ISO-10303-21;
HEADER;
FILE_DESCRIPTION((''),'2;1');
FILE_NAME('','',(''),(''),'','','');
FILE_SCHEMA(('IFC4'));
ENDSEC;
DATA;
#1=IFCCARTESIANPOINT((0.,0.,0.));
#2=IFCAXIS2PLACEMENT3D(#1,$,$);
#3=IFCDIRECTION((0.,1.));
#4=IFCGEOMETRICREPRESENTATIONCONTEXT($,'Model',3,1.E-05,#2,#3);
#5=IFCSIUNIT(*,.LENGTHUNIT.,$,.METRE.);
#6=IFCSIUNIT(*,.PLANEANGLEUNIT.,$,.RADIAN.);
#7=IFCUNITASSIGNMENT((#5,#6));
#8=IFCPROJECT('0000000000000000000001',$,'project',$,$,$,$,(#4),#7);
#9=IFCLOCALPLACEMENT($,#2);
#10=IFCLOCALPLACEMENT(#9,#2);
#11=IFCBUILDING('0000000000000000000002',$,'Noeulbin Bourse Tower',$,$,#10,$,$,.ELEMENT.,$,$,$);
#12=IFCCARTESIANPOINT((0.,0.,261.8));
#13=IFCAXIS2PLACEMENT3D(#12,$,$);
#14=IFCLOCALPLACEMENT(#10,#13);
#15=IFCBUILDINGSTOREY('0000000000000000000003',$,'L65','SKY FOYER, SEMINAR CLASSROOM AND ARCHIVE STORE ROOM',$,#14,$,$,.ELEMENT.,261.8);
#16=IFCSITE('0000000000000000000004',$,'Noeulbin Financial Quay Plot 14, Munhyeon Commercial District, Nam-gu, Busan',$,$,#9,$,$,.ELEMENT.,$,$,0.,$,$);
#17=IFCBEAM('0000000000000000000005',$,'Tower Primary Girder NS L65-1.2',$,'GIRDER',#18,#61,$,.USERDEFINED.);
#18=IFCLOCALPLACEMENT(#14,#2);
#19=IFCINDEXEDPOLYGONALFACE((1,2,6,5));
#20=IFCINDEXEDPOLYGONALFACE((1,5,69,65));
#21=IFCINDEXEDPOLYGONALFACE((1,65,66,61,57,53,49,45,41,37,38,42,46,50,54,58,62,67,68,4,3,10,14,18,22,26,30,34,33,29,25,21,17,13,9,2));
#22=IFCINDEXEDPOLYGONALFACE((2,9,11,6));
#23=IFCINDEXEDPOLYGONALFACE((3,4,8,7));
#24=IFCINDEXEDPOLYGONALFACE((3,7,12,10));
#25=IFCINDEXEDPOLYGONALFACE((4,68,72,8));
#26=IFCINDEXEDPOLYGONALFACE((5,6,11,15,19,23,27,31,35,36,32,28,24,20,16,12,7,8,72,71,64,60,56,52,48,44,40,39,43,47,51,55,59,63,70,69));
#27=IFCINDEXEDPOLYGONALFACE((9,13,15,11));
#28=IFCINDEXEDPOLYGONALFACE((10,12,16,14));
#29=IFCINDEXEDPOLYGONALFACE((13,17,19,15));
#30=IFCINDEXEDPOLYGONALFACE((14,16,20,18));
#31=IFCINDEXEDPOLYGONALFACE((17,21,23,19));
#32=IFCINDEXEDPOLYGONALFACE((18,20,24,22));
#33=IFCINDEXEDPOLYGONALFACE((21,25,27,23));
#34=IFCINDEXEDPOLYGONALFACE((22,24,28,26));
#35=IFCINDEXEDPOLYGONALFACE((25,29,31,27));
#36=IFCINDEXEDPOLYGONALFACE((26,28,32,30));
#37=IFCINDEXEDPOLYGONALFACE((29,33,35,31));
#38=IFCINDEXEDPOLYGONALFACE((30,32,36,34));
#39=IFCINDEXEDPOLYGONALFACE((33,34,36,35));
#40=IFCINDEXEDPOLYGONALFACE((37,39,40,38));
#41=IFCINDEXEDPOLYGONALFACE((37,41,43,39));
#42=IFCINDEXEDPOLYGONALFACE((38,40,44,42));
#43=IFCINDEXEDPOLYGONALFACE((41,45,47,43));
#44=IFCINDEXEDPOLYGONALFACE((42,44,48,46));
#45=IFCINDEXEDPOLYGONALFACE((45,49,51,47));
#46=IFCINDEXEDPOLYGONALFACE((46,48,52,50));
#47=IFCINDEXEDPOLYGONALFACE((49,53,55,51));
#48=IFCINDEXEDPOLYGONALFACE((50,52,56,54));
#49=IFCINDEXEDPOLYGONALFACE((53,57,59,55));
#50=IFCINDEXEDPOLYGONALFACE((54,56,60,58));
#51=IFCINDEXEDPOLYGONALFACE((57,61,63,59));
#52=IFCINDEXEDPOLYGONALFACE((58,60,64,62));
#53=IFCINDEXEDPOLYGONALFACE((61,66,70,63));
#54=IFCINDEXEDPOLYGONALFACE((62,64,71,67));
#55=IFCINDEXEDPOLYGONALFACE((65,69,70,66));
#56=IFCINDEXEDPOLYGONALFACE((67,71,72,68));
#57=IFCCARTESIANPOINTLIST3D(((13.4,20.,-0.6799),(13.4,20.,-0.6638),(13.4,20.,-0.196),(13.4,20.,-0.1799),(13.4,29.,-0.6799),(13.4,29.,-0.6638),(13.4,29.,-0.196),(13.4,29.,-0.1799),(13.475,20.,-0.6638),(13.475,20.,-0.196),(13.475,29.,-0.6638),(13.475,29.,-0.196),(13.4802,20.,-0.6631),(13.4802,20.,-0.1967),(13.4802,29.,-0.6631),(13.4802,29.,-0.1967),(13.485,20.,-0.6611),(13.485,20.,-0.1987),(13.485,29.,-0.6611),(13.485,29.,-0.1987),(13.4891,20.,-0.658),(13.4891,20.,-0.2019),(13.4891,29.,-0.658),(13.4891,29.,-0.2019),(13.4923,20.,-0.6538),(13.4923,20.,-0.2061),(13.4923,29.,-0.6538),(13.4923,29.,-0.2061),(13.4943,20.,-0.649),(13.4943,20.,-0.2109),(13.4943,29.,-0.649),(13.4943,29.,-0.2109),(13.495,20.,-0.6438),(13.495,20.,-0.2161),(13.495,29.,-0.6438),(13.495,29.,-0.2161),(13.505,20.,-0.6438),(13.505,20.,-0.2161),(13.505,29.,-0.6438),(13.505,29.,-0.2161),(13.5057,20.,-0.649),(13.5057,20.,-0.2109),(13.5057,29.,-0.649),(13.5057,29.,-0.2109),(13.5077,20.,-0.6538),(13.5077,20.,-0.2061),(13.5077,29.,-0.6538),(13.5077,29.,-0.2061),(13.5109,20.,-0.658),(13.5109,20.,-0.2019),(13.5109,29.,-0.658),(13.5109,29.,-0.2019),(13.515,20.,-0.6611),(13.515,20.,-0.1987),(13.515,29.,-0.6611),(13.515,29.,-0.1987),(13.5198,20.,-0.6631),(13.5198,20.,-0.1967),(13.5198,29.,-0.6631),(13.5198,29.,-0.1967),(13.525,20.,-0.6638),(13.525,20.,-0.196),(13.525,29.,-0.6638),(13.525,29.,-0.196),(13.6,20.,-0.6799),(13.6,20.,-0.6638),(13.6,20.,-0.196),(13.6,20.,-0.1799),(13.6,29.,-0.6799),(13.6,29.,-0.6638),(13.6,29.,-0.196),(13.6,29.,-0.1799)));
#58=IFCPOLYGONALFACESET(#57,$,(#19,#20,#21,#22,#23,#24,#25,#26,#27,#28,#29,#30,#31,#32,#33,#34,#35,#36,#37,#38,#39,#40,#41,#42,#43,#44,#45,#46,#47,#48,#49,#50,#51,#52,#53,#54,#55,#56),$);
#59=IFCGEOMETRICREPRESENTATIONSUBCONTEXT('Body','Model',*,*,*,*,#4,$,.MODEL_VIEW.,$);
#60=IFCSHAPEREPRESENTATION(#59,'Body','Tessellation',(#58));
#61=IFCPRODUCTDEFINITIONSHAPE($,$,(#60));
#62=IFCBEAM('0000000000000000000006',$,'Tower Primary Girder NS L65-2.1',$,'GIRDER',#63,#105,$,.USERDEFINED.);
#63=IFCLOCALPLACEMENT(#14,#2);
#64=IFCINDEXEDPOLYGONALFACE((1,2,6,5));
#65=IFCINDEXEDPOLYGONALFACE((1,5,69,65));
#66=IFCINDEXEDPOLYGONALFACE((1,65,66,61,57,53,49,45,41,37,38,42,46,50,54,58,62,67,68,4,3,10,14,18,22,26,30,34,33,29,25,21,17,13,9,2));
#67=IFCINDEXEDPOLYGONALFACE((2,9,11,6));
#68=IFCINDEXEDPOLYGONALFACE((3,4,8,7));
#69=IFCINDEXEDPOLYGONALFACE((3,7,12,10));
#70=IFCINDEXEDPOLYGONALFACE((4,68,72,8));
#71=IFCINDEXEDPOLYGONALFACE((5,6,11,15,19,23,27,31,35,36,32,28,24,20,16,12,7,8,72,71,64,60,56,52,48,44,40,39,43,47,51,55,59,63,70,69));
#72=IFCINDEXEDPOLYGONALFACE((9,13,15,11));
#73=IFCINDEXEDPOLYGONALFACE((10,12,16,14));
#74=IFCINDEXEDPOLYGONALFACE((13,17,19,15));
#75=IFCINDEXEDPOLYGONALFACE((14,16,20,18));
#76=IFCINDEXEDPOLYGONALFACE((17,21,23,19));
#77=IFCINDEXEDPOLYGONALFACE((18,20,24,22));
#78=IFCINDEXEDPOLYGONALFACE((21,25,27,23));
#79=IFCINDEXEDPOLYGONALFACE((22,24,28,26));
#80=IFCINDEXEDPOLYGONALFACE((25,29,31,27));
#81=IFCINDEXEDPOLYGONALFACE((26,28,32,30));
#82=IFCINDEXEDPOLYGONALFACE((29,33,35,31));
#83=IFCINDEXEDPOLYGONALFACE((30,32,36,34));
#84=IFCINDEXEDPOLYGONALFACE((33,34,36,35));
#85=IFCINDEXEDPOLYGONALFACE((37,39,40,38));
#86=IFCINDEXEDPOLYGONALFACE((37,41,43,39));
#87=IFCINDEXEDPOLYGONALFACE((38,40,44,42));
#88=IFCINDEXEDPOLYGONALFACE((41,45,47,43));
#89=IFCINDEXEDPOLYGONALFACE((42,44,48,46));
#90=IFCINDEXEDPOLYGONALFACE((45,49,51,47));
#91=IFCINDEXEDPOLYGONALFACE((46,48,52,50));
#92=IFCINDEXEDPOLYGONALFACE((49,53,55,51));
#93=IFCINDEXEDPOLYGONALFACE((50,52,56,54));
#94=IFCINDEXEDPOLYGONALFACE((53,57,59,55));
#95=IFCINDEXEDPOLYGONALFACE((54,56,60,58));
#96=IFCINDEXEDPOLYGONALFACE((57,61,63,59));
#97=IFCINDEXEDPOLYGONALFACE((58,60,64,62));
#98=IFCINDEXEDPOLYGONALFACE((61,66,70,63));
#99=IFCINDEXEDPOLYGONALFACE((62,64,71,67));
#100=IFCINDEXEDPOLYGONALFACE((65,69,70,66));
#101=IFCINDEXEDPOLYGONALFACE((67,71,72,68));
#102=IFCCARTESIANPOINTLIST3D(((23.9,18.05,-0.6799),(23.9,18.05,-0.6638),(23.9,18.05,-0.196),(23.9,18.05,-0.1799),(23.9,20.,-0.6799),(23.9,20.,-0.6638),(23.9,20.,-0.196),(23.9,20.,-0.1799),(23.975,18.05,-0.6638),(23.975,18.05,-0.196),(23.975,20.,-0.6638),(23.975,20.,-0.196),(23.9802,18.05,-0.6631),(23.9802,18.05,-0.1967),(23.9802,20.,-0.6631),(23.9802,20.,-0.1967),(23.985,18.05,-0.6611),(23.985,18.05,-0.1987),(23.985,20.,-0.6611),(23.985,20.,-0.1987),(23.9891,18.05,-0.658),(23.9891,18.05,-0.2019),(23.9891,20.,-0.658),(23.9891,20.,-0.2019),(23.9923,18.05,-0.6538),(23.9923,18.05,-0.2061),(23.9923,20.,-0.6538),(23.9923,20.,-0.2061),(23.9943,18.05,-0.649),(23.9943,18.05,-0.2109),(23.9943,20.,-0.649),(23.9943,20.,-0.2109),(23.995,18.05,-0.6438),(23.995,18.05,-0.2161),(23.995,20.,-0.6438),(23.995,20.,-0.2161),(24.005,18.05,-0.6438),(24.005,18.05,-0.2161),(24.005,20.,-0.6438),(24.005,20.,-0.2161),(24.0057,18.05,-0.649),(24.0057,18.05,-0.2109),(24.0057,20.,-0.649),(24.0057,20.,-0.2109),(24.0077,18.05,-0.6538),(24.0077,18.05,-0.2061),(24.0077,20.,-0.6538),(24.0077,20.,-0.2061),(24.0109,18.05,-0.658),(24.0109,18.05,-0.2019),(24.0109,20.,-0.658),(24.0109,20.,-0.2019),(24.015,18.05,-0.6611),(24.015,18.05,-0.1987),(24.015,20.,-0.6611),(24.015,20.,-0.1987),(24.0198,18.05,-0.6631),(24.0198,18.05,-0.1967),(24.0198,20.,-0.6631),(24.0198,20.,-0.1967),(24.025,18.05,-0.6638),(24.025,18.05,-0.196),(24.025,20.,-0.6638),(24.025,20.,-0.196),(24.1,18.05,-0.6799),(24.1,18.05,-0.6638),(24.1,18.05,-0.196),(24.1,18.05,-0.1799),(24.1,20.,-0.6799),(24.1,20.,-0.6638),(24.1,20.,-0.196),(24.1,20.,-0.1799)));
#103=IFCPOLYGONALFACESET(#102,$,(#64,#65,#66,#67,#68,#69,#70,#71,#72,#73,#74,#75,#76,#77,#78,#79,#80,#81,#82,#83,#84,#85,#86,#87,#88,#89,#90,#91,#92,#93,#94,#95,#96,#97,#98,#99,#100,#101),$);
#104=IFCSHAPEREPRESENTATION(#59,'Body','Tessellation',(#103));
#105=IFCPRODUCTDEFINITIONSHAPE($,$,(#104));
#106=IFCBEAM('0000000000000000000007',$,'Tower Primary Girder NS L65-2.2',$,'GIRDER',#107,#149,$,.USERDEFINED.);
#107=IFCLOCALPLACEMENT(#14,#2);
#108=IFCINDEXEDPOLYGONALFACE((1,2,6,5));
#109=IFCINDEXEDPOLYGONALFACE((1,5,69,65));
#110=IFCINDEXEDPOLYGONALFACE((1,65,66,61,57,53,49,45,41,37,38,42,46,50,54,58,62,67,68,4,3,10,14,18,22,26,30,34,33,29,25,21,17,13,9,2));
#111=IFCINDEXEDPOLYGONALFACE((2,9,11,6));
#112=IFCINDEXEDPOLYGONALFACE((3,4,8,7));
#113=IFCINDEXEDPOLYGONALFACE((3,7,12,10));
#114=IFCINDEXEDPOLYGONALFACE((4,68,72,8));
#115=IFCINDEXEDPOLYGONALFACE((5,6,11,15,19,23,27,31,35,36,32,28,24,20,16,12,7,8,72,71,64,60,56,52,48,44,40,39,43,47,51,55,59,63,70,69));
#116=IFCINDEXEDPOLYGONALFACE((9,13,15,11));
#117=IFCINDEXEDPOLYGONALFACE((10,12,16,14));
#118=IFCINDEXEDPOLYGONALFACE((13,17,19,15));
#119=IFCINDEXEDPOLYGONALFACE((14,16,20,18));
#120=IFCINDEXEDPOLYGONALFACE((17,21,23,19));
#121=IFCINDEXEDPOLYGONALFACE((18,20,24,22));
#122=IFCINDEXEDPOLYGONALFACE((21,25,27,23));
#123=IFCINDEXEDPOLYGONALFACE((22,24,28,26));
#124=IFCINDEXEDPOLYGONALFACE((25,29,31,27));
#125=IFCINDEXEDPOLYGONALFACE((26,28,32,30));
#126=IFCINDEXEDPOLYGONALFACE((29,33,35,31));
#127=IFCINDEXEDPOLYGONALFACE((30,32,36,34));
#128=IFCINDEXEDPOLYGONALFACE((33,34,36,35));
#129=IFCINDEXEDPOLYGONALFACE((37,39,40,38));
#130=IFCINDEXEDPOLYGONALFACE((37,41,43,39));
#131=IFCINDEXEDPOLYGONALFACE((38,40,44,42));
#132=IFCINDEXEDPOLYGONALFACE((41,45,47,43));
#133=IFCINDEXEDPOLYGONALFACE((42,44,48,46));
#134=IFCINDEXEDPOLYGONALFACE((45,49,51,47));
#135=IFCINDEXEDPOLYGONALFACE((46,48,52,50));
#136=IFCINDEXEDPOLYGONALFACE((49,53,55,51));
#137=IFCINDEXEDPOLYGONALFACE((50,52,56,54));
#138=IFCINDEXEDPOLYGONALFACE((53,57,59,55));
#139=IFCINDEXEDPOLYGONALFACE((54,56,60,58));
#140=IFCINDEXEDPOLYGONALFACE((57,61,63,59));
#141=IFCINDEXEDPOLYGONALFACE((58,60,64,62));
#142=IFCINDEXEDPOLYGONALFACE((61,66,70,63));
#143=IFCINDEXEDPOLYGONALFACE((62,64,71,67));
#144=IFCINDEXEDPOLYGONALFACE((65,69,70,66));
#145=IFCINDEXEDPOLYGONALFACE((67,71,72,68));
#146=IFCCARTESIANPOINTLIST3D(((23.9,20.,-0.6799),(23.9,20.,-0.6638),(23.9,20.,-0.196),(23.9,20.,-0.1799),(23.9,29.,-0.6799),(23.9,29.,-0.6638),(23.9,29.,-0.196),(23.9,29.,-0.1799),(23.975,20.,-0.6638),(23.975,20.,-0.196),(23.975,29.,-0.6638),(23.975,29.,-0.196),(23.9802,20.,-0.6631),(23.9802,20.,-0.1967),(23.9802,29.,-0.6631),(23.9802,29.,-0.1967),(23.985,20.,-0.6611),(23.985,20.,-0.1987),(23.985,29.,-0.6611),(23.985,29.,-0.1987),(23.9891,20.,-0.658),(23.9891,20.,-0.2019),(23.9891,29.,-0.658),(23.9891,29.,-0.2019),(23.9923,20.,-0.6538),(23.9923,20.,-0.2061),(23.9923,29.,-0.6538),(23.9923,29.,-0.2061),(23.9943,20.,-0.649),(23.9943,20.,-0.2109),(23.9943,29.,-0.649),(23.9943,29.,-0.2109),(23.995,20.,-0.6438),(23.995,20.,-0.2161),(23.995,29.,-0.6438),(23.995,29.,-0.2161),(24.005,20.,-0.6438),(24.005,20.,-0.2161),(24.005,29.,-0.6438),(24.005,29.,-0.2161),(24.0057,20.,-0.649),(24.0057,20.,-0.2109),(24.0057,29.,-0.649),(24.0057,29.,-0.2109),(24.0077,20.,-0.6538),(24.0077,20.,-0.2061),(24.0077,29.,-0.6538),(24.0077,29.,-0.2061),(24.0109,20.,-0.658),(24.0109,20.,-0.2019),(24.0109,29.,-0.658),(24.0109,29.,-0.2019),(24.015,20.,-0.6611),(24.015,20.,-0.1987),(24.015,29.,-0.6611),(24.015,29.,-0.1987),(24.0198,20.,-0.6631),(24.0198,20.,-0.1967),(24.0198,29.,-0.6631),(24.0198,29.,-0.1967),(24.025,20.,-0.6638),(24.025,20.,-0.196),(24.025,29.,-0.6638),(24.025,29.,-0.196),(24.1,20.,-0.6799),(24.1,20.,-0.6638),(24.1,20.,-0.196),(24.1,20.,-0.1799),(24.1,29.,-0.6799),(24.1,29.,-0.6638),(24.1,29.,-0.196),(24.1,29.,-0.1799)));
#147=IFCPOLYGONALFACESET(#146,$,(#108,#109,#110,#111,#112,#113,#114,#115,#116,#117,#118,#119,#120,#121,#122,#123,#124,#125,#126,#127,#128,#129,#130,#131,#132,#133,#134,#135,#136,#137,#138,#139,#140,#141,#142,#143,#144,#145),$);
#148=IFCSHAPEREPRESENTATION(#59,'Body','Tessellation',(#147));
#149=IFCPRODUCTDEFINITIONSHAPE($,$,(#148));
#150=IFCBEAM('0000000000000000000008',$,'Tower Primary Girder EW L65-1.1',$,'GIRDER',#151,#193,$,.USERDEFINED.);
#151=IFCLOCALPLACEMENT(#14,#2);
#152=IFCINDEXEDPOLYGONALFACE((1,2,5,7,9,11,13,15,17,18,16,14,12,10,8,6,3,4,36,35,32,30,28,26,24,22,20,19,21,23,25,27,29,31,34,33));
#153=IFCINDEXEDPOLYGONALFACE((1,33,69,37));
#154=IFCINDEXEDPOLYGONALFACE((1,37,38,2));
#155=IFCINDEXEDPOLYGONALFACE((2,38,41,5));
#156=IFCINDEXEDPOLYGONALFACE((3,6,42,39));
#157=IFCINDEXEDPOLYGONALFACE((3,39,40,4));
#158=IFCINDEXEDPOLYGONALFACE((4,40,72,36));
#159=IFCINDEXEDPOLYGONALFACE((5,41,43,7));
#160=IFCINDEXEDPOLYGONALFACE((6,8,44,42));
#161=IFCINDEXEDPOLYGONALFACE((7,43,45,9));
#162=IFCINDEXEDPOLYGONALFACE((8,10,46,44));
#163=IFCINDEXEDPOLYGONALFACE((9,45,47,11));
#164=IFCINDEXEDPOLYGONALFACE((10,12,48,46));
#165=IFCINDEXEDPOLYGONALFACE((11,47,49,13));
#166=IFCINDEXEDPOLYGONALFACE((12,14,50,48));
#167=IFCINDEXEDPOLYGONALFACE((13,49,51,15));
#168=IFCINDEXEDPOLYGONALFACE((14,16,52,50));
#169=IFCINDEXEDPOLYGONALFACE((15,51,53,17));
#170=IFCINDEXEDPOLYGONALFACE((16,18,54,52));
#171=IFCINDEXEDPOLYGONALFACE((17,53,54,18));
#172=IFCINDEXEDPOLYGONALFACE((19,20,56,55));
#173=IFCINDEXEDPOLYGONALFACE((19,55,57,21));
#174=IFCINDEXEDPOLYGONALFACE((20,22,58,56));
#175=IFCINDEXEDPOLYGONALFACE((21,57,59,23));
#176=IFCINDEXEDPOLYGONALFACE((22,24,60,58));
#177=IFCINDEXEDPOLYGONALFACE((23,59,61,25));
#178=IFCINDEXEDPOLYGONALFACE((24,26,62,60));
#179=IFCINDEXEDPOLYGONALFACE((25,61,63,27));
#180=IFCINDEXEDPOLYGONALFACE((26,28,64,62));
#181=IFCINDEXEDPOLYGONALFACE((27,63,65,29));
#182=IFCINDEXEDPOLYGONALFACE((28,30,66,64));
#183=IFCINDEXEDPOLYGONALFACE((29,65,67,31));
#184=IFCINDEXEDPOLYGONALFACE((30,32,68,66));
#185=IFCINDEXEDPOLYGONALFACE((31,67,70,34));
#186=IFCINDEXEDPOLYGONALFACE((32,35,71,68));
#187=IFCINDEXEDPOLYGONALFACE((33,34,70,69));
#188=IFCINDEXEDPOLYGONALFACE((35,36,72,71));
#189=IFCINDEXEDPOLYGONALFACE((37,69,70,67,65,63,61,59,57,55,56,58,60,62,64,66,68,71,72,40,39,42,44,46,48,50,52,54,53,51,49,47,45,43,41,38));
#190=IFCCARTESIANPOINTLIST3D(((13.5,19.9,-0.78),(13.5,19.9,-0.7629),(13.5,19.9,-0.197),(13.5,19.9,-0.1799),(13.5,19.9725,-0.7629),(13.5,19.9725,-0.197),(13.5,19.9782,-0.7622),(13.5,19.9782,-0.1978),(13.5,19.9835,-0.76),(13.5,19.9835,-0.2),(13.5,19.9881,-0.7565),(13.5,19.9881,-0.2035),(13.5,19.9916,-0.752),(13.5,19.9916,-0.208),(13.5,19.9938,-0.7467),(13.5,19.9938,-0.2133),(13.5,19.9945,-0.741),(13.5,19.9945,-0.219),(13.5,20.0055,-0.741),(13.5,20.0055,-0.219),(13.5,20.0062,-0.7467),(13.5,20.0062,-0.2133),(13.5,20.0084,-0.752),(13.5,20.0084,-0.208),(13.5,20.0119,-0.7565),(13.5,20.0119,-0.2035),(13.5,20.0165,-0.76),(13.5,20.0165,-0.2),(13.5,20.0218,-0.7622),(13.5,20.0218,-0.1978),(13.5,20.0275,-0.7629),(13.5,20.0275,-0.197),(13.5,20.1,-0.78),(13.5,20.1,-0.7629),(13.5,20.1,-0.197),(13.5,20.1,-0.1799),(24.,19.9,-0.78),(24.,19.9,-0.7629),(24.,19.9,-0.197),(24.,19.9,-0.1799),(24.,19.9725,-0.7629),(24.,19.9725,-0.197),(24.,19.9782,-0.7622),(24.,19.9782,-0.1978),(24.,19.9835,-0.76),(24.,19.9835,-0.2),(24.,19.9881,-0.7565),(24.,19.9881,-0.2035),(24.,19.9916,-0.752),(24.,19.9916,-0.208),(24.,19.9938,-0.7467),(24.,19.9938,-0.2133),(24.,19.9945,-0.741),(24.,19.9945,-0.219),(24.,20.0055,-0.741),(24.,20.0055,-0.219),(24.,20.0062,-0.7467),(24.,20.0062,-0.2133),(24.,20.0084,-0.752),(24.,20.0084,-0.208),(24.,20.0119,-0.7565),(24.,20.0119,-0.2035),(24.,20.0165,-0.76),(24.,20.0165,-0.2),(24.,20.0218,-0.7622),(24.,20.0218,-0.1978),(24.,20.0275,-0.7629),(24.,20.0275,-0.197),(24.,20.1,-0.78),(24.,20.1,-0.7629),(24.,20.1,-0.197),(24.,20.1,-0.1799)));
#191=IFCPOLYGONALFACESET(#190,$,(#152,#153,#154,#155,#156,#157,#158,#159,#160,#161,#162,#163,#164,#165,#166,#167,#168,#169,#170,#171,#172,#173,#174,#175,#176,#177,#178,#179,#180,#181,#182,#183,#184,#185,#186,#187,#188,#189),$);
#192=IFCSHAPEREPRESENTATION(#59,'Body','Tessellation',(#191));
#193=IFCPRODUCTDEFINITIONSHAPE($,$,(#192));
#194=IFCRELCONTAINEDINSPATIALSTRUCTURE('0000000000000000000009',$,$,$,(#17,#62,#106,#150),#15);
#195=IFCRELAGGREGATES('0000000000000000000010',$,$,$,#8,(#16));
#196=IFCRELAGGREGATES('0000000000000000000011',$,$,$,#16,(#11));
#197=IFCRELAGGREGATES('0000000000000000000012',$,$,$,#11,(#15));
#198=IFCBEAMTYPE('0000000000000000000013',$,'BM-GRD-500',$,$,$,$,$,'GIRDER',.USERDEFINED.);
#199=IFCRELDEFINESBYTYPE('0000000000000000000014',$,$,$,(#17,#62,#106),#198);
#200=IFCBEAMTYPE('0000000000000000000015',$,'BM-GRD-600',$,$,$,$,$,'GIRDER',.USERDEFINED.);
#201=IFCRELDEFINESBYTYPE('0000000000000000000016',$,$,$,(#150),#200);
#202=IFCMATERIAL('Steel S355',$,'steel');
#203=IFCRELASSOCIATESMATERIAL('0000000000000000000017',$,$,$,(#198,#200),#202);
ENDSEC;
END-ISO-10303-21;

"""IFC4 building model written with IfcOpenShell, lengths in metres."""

from ifc_helpers import new_model, si_unit, direction, frame, origin, origin_2d, place, context, subcontext, project, spatial, i_section, extrude, material, material_profile, profile_set, type_object, element, save


model = new_model("IFC4")

# Units and contexts
model_context = context("Model", 3, precision=1e-05, world=origin(), true_north=direction((0.0, 1.0)))
body_context = subcontext(model_context, "Body", "Model", "MODEL_VIEW")
ifc_project = project(units=[si_unit("LENGTHUNIT", "METRE"), si_unit("PLANEANGLEUNIT", "RADIAN")], contexts=[model_context])

# Site, building, storey
site_placement = place(None, origin())
site = spatial("IfcSite", under=ifc_project, at=site_placement, Name="Noeulbin Financial Quay Plot 14, Munhyeon Commercial District, Nam-gu, Busan", CompositionType="ELEMENT", RefElevation=0.0)
building_placement = place(site_placement, origin())
building = spatial("IfcBuilding", under=site, at=building_placement, Name="Noeulbin Bourse Tower", CompositionType="ELEMENT")
storey_placement = place(building_placement, frame((0.0, 0.0, 261.8)))
storey = spatial("IfcBuildingStorey", under=building, at=storey_placement, Name="L65", Description="SKY FOYER, SEMINAR CLASSROOM AND ARCHIVE STORE ROOM", CompositionType="ELEMENT", Elevation=261.8)

# Shared definitions
ifc_material_1 = material(Name="Steel S355", Category="steel")

# Beams
ifc_material_profile_1 = material_profile(ifc_material_1, i_section(OverallWidth=0.2, OverallDepth=0.5, WebThickness=0.01, FlangeThickness=0.0161, FilletRadius=0.02, at=origin_2d()), Name="H-500x200x10x16", Category="LoadBearing")
ifc_profile_set_1 = profile_set([ifc_material_profile_1], Name="Steel S355")
beam_type_1 = type_object("IfcBeamType", Name="BM-GRD-500", ElementType="GIRDER", PredefinedType="USERDEFINED", material=ifc_profile_set_1)
beam_1_placement = place(storey_placement, frame((13.5, 20.0, -0.4299), z_axis=(0.0, 1.0, 0.0), x_axis=(-1.0, 0.0, 0.0)))
element("IfcBeam", 1, at=beam_1_placement, inside=storey, type_object=beam_type_1, Name="Tower Primary Girder NS L65-1.2", ObjectType="GIRDER", PredefinedType="USERDEFINED", context=body_context, shape_type="SweptSolid", body=[
    extrude(i_section(OverallWidth=0.2, OverallDepth=0.5, WebThickness=0.01, FlangeThickness=0.0161, FilletRadius=0.02, at=origin_2d()), origin(), (0.0, 0.0, 1.0), 9.0),
])
beam_2_placement = place(storey_placement, frame((24.0, 18.05, -0.4299), z_axis=(0.0, 1.0, 0.0), x_axis=(-1.0, 0.0, 0.0)))
element("IfcBeam", 2, at=beam_2_placement, inside=storey, type_object=beam_type_1, Name="Tower Primary Girder NS L65-2.1", ObjectType="GIRDER", PredefinedType="USERDEFINED", context=body_context, shape_type="SweptSolid", body=[
    extrude(i_section(OverallWidth=0.2, OverallDepth=0.5, WebThickness=0.01, FlangeThickness=0.0161, FilletRadius=0.02, at=origin_2d()), origin(), (0.0, 0.0, 1.0), 1.95),
])
beam_3_placement = place(storey_placement, frame((24.0, 20.0, -0.4299), z_axis=(0.0, 1.0, 0.0), x_axis=(-1.0, 0.0, 0.0)))
element("IfcBeam", 3, at=beam_3_placement, inside=storey, type_object=beam_type_1, Name="Tower Primary Girder NS L65-2.2", ObjectType="GIRDER", PredefinedType="USERDEFINED", context=body_context, shape_type="SweptSolid", body=[
    extrude(i_section(OverallWidth=0.2, OverallDepth=0.5, WebThickness=0.01, FlangeThickness=0.0161, FilletRadius=0.02, at=origin_2d()), origin(), (0.0, 0.0, 1.0), 9.0),
])
ifc_material_profile_2 = material_profile(ifc_material_1, i_section(OverallWidth=0.2, OverallDepth=0.6001, WebThickness=0.011, FlangeThickness=0.0171, FilletRadius=0.022, at=origin_2d()), Name="H-600x200x11x17", Category="LoadBearing")
ifc_profile_set_2 = profile_set([ifc_material_profile_2], Name="Steel S355")
beam_type_2 = type_object("IfcBeamType", Name="BM-GRD-600", ElementType="GIRDER", PredefinedType="USERDEFINED", material=ifc_profile_set_2)
beam_4_placement = place(storey_placement, frame((13.5, 20.0, -0.48), z_axis=(1.0, 0.0, 0.0), x_axis=(0.0, 1.0, 0.0)))
element("IfcBeam", 4, at=beam_4_placement, inside=storey, type_object=beam_type_2, Name="Tower Primary Girder EW L65-1.1", ObjectType="GIRDER", PredefinedType="USERDEFINED", context=body_context, shape_type="SweptSolid", body=[
    extrude(i_section(OverallWidth=0.2, OverallDepth=0.6001, WebThickness=0.011, FlangeThickness=0.0171, FilletRadius=0.022, at=origin_2d()), origin(), (0.0, 0.0, 1.0), 10.5),
])

save(model, "model.ifc")
